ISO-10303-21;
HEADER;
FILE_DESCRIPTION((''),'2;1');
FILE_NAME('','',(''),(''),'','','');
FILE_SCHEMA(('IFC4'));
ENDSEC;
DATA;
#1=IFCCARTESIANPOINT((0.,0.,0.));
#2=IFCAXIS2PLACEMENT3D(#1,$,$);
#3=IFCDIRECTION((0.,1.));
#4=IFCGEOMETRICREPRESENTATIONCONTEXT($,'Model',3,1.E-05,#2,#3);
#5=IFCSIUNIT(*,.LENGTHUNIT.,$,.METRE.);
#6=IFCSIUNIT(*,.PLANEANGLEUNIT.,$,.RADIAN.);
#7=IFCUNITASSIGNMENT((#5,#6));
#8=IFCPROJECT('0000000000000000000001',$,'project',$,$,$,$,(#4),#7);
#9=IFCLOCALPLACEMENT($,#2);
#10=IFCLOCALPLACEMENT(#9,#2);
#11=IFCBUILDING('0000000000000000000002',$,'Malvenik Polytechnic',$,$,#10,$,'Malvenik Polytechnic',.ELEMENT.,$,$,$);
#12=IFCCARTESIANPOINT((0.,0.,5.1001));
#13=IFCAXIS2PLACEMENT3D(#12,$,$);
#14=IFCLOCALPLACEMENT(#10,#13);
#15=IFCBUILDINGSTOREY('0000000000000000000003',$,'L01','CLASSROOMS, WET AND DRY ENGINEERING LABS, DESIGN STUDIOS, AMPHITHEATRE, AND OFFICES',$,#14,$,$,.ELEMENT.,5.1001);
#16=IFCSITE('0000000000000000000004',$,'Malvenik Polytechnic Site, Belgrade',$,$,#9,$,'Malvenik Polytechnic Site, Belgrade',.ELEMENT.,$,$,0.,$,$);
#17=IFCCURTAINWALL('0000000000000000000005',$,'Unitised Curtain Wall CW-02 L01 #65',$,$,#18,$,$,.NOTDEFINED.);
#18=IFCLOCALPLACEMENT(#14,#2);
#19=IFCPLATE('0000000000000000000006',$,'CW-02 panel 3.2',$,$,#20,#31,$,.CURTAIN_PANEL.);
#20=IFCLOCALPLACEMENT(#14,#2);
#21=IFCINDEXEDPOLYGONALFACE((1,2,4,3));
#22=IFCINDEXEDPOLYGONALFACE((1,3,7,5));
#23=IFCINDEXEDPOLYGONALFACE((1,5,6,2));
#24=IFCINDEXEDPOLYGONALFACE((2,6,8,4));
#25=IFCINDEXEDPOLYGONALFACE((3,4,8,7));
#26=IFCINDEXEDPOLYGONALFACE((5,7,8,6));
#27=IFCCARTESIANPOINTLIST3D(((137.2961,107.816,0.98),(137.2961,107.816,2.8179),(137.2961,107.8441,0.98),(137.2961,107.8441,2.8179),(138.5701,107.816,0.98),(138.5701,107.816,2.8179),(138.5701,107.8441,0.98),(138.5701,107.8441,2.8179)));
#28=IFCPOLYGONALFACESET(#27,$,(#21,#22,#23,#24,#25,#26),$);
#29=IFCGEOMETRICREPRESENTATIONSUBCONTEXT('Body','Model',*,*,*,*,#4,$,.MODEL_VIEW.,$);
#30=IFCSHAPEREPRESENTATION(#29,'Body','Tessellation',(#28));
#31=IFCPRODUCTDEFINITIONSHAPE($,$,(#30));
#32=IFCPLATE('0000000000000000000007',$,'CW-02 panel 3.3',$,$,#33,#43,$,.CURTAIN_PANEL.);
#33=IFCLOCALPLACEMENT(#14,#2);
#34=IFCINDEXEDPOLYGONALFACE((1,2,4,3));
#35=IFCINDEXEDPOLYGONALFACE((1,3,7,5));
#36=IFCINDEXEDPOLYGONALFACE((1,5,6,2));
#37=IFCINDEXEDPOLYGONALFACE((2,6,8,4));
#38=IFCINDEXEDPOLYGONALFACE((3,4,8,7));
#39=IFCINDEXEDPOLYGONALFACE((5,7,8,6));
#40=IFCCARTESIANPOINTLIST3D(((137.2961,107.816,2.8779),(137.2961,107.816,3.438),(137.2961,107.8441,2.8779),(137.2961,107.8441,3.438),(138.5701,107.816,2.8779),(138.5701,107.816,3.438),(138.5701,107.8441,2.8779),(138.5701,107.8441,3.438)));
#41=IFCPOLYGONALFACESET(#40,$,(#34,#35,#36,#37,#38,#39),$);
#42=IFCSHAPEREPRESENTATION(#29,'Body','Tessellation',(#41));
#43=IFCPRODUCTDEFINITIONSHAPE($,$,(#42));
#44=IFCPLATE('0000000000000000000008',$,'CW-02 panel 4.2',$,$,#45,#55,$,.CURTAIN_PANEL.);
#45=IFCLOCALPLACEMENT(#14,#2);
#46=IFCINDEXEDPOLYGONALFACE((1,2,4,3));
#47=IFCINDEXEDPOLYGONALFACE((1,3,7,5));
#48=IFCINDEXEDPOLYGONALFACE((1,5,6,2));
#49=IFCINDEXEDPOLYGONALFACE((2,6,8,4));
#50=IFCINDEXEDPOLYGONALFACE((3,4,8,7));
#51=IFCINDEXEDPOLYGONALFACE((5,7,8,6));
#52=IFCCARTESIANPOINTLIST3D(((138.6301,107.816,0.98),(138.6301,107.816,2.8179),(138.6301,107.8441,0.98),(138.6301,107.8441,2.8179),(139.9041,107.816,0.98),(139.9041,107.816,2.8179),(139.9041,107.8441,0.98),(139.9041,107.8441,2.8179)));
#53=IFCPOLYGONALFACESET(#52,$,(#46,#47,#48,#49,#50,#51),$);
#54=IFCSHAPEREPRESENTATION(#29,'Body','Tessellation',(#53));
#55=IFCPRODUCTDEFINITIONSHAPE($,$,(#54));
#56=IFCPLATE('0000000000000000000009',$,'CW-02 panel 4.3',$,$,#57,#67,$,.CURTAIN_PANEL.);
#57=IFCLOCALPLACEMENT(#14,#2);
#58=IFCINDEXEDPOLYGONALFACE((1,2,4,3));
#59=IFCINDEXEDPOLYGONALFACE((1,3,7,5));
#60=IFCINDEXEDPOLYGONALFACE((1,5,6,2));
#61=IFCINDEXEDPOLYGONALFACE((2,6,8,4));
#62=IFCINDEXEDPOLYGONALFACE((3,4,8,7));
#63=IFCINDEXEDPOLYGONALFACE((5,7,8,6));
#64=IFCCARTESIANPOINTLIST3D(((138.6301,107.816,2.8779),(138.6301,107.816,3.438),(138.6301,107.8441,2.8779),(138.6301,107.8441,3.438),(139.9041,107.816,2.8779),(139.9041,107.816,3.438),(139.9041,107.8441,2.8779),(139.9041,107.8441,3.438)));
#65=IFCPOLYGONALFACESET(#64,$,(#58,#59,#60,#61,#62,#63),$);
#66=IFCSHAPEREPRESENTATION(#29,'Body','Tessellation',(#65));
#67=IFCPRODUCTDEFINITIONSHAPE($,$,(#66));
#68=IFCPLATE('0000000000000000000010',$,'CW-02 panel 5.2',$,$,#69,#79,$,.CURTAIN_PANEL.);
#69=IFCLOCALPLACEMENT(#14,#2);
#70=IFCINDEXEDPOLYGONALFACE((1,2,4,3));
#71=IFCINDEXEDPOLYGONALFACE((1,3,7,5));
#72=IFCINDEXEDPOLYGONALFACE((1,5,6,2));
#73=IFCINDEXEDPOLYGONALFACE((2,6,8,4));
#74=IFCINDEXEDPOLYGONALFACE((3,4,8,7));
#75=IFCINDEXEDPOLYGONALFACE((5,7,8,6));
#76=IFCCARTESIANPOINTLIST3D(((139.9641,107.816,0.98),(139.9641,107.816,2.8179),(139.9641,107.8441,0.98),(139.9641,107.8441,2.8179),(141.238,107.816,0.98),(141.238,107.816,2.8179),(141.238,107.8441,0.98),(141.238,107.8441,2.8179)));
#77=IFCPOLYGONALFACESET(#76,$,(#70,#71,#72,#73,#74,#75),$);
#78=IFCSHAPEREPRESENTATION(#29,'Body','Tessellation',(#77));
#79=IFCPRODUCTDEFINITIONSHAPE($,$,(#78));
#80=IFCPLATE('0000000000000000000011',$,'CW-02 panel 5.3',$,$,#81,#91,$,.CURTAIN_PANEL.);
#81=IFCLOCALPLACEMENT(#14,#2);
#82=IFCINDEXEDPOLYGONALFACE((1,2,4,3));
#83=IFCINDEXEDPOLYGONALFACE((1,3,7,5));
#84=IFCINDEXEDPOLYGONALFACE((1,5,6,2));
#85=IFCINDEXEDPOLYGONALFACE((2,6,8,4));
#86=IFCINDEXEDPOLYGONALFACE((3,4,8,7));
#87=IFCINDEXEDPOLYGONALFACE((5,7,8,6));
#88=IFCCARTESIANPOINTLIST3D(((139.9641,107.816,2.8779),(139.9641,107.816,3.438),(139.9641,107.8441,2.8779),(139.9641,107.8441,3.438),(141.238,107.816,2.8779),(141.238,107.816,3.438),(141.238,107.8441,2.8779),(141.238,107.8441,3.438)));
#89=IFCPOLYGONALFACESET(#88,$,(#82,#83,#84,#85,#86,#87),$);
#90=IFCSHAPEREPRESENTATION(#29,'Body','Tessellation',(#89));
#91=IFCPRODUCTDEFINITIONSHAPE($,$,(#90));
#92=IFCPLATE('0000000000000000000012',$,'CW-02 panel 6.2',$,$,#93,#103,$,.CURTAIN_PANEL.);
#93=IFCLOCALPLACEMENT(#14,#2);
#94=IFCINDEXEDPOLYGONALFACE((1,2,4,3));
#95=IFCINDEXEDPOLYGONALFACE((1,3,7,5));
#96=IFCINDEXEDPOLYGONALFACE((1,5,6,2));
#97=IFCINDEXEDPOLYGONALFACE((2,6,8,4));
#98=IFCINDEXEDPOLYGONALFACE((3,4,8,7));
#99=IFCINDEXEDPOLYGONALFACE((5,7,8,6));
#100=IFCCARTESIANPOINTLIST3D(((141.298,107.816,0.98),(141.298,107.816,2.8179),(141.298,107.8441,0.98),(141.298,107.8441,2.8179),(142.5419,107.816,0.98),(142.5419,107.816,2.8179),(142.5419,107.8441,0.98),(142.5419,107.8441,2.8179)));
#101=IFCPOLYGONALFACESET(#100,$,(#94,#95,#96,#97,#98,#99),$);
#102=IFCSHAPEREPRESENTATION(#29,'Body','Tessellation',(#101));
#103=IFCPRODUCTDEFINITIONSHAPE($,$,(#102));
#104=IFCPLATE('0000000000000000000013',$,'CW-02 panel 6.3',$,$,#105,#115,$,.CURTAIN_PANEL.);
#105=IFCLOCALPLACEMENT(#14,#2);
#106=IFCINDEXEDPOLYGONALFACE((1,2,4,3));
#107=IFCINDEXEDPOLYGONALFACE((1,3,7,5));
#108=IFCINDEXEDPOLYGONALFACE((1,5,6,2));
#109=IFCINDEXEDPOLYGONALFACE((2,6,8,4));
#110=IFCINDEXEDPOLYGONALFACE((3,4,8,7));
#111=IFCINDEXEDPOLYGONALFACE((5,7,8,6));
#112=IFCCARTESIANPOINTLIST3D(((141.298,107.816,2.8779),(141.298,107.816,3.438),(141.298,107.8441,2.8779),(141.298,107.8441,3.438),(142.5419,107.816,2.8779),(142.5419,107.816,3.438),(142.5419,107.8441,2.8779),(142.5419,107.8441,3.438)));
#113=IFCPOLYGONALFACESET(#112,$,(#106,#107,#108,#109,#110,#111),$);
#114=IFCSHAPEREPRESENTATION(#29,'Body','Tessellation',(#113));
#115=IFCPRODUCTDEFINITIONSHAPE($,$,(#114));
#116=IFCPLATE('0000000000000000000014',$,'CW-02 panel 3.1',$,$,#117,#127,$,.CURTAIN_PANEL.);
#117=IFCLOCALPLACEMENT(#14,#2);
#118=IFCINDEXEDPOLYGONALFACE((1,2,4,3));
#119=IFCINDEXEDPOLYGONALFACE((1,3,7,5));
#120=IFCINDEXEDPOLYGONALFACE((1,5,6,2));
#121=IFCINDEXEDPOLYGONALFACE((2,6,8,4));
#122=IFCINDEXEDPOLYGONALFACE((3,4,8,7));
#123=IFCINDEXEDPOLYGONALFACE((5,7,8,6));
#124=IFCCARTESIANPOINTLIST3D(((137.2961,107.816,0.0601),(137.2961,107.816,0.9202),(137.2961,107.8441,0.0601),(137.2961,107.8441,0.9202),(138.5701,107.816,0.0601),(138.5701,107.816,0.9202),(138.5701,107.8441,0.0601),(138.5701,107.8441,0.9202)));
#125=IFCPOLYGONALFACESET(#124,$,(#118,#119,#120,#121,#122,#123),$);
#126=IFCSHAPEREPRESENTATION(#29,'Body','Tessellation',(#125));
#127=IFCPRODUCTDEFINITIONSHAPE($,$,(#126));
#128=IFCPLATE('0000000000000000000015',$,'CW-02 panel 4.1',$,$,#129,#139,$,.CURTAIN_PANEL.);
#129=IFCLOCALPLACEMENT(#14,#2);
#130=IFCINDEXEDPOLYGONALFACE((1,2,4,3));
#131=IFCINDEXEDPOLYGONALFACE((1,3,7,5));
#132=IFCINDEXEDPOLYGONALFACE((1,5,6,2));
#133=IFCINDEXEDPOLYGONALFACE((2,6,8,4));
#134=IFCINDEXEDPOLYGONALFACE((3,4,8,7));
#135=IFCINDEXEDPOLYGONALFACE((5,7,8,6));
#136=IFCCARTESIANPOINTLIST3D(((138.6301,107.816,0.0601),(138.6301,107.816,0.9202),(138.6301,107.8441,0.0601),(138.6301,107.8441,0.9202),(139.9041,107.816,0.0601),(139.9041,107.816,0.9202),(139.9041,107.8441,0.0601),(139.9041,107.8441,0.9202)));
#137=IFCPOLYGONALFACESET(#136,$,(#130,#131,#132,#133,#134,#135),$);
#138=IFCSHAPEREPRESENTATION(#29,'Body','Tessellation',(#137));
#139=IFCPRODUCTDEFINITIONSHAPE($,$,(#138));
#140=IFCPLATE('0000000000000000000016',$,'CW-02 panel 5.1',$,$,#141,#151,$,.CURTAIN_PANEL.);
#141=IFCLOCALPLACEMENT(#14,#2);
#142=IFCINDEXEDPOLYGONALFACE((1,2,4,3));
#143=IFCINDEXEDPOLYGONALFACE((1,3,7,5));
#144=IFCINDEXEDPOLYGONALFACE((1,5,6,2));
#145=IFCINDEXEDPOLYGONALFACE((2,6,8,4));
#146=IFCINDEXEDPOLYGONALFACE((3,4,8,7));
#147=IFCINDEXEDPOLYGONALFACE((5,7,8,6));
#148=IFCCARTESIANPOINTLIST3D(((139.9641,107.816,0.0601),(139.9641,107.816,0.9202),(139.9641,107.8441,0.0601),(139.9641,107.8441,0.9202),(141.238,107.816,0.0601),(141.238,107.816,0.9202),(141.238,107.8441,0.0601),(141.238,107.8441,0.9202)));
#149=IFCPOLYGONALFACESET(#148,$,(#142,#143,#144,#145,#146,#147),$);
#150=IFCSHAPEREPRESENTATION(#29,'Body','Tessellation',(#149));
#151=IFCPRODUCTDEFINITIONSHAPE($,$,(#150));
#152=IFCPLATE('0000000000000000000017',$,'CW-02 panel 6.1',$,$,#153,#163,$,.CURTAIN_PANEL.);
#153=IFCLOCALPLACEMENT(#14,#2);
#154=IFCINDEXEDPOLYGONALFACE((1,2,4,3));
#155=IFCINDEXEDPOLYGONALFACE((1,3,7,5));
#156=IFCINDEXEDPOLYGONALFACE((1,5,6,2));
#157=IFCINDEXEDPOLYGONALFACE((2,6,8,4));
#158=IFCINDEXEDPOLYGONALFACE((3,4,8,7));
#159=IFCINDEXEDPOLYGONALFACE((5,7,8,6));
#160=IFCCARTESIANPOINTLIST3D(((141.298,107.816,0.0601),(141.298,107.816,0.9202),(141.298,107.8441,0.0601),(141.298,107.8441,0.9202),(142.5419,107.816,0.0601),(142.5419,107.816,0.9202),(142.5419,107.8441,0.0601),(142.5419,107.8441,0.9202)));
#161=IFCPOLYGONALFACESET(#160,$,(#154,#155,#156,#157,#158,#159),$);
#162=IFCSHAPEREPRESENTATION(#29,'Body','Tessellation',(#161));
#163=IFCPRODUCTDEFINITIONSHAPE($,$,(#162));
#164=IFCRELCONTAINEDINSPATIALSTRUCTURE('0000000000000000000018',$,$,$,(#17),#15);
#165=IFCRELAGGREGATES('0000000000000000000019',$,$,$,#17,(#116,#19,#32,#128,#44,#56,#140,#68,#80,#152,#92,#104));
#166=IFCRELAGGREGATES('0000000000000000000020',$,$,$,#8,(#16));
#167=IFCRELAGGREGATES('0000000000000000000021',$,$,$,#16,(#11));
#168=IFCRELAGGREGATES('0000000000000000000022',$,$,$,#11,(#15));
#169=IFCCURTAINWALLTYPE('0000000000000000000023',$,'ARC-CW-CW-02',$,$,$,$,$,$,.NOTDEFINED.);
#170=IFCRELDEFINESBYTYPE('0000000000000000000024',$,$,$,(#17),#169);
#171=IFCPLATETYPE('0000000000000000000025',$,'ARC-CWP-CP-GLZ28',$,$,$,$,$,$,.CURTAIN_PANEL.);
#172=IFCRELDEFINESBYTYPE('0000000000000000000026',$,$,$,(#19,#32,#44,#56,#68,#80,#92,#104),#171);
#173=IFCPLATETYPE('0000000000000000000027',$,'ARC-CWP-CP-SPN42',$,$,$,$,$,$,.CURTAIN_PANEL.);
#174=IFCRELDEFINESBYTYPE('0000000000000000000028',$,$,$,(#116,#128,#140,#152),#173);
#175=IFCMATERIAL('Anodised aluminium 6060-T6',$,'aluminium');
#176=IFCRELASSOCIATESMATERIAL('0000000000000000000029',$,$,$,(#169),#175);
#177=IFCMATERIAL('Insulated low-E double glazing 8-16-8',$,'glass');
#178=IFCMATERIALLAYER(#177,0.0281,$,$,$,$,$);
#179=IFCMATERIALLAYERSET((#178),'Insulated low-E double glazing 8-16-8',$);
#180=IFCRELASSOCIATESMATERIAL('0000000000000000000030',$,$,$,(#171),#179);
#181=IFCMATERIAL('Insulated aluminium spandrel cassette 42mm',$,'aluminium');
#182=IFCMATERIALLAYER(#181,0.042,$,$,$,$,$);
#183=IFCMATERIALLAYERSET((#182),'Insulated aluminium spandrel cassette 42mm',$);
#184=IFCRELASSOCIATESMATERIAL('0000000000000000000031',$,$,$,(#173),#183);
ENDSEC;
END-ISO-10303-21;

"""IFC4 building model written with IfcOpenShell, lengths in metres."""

from ifc_helpers import new_model, si_unit, direction, frame, origin, origin_2d, place, context, subcontext, project, spatial, rectangle, extrude, material, layer, layer_set, type_object, element, aggregate, save


model = new_model("IFC4")

# Units and contexts
model_context = context("Model", 3, precision=1e-05, world=origin(), true_north=direction((0.0, 1.0)))
body_context = subcontext(model_context, "Body", "Model", "MODEL_VIEW")
ifc_project = project(units=[si_unit("LENGTHUNIT", "METRE"), si_unit("PLANEANGLEUNIT", "RADIAN")], contexts=[model_context])

# Site, building, storey
site_placement = place(None, origin())
site = spatial("IfcSite", under=ifc_project, at=site_placement, Name="Malvenik Polytechnic Site, Belgrade", LongName="Malvenik Polytechnic Site, Belgrade", CompositionType="ELEMENT", RefElevation=0.0)
building_placement = place(site_placement, origin())
building = spatial("IfcBuilding", under=site, at=building_placement, Name="Malvenik Polytechnic", LongName="Malvenik Polytechnic", CompositionType="ELEMENT")
storey_placement = place(building_placement, frame((0.0, 0.0, 5.1001)))
storey = spatial("IfcBuildingStorey", under=building, at=storey_placement, Name="L01", Description="CLASSROOMS, WET AND DRY ENGINEERING LABS, DESIGN STUDIOS, AMPHITHEATRE, AND OFFICES", CompositionType="ELEMENT", Elevation=5.1001)

# Curtain wall
ifc_material_1 = material(Name="Anodised aluminium 6060-T6", Category="aluminium")
curtain_wall_type = type_object("IfcCurtainWallType", Name="ARC-CW-CW-02", PredefinedType="NOTDEFINED", material=ifc_material_1)
curtain_wall_1_placement = place(storey_placement, origin())
curtain_wall_1 = element("IfcCurtainWall", 1, at=curtain_wall_1_placement, inside=storey, type_object=curtain_wall_type, Name="Unitised Curtain Wall CW-02 L01 #65", PredefinedType="NOTDEFINED")

# Plates
ifc_material_2 = material(Name="Insulated low-E double glazing 8-16-8", Category="glass")
ifc_layer_1 = layer(ifc_material_2, 0.0281)
ifc_layer_set_1 = layer_set([ifc_layer_1], Name="Insulated low-E double glazing 8-16-8")
plate_type_1 = type_object("IfcPlateType", Name="ARC-CWP-CP-GLZ28", PredefinedType="CURTAIN_PANEL", material=ifc_layer_set_1)
plate_1_placement = place(storey_placement, frame((137.9331, 107.8301, 0.98), z_axis=(0.0, 0.0, 1.0), x_axis=(1.0, 0.0, 0.0)))
plate_1 = element("IfcPlate", 2, at=plate_1_placement, type_object=plate_type_1, Name="CW-02 panel 3.2", PredefinedType="CURTAIN_PANEL", context=body_context, shape_type="SweptSolid", body=[
    extrude(rectangle(XDim=1.2739, YDim=0.0281, at=origin_2d()), origin(), (0.0, 0.0, 1.0), 1.8379),
])
plate_2_placement = place(storey_placement, frame((137.9331, 107.8301, 2.8779), z_axis=(0.0, 0.0, 1.0), x_axis=(1.0, 0.0, 0.0)))
plate_2 = element("IfcPlate", 3, at=plate_2_placement, type_object=plate_type_1, Name="CW-02 panel 3.3", PredefinedType="CURTAIN_PANEL", context=body_context, shape_type="SweptSolid", body=[
    extrude(rectangle(XDim=1.2739, YDim=0.0281, at=origin_2d()), origin(), (0.0, 0.0, 1.0), 0.5601),
])
plate_3_placement = place(storey_placement, frame((139.2671, 107.8301, 0.98), z_axis=(0.0, 0.0, 1.0), x_axis=(1.0, 0.0, 0.0)))
plate_3 = element("IfcPlate", 4, at=plate_3_placement, type_object=plate_type_1, Name="CW-02 panel 4.2", PredefinedType="CURTAIN_PANEL", context=body_context, shape_type="SweptSolid", body=[
    extrude(rectangle(XDim=1.2739, YDim=0.0281, at=origin_2d()), origin(), (0.0, 0.0, 1.0), 1.8379),
])
plate_4_placement = place(storey_placement, frame((139.2671, 107.8301, 2.8779), z_axis=(0.0, 0.0, 1.0), x_axis=(1.0, 0.0, 0.0)))
plate_4 = element("IfcPlate", 5, at=plate_4_placement, type_object=plate_type_1, Name="CW-02 panel 4.3", PredefinedType="CURTAIN_PANEL", context=body_context, shape_type="SweptSolid", body=[
    extrude(rectangle(XDim=1.2739, YDim=0.0281, at=origin_2d()), origin(), (0.0, 0.0, 1.0), 0.5601),
])
plate_5_placement = place(storey_placement, frame((140.6011, 107.8301, 0.98), z_axis=(0.0, 0.0, 1.0), x_axis=(1.0, 0.0, 0.0)))
plate_5 = element("IfcPlate", 6, at=plate_5_placement, type_object=plate_type_1, Name="CW-02 panel 5.2", PredefinedType="CURTAIN_PANEL", context=body_context, shape_type="SweptSolid", body=[
    extrude(rectangle(XDim=1.2739, YDim=0.0281, at=origin_2d()), origin(), (0.0, 0.0, 1.0), 1.8379),
])
plate_6_placement = place(storey_placement, frame((140.6011, 107.8301, 2.8779), z_axis=(0.0, 0.0, 1.0), x_axis=(1.0, 0.0, 0.0)))
plate_6 = element("IfcPlate", 7, at=plate_6_placement, type_object=plate_type_1, Name="CW-02 panel 5.3", PredefinedType="CURTAIN_PANEL", context=body_context, shape_type="SweptSolid", body=[
    extrude(rectangle(XDim=1.2739, YDim=0.0281, at=origin_2d()), origin(), (0.0, 0.0, 1.0), 0.5601),
])
plate_7_placement = place(storey_placement, frame((141.9199, 107.8301, 0.98), z_axis=(0.0, 0.0, 1.0), x_axis=(1.0, 0.0, 0.0)))
plate_7 = element("IfcPlate", 8, at=plate_7_placement, type_object=plate_type_1, Name="CW-02 panel 6.2", PredefinedType="CURTAIN_PANEL", context=body_context, shape_type="SweptSolid", body=[
    extrude(rectangle(XDim=1.2439, YDim=0.0281, at=origin_2d()), origin(), (0.0, 0.0, 1.0), 1.8379),
])
plate_8_placement = place(storey_placement, frame((141.9199, 107.8301, 2.8779), z_axis=(0.0, 0.0, 1.0), x_axis=(1.0, 0.0, 0.0)))
plate_8 = element("IfcPlate", 9, at=plate_8_placement, type_object=plate_type_1, Name="CW-02 panel 6.3", PredefinedType="CURTAIN_PANEL", context=body_context, shape_type="SweptSolid", body=[
    extrude(rectangle(XDim=1.2439, YDim=0.0281, at=origin_2d()), origin(), (0.0, 0.0, 1.0), 0.5601),
])
ifc_material_3 = material(Name="Insulated aluminium spandrel cassette 42mm", Category="aluminium")
ifc_layer_2 = layer(ifc_material_3, 0.042)
ifc_layer_set_2 = layer_set([ifc_layer_2], Name="Insulated aluminium spandrel cassette 42mm")
plate_type_2 = type_object("IfcPlateType", Name="ARC-CWP-CP-SPN42", PredefinedType="CURTAIN_PANEL", material=ifc_layer_set_2)
plate_9_placement = place(storey_placement, frame((137.9331, 107.8301, 0.0601), z_axis=(0.0, 0.0, 1.0), x_axis=(1.0, 0.0, 0.0)))
plate_9 = element("IfcPlate", 10, at=plate_9_placement, type_object=plate_type_2, Name="CW-02 panel 3.1", PredefinedType="CURTAIN_PANEL", context=body_context, shape_type="SweptSolid", body=[
    extrude(rectangle(XDim=1.2739, YDim=0.0281, at=origin_2d()), origin(), (0.0, 0.0, 1.0), 0.8601),
])
plate_10_placement = place(storey_placement, frame((139.2671, 107.8301, 0.0601), z_axis=(0.0, 0.0, 1.0), x_axis=(1.0, 0.0, 0.0)))
plate_10 = element("IfcPlate", 11, at=plate_10_placement, type_object=plate_type_2, Name="CW-02 panel 4.1", PredefinedType="CURTAIN_PANEL", context=body_context, shape_type="SweptSolid", body=[
    extrude(rectangle(XDim=1.2739, YDim=0.0281, at=origin_2d()), origin(), (0.0, 0.0, 1.0), 0.8601),
])
plate_11_placement = place(storey_placement, frame((140.6011, 107.8301, 0.0601), z_axis=(0.0, 0.0, 1.0), x_axis=(1.0, 0.0, 0.0)))
plate_11 = element("IfcPlate", 12, at=plate_11_placement, type_object=plate_type_2, Name="CW-02 panel 5.1", PredefinedType="CURTAIN_PANEL", context=body_context, shape_type="SweptSolid", body=[
    extrude(rectangle(XDim=1.2739, YDim=0.0281, at=origin_2d()), origin(), (0.0, 0.0, 1.0), 0.8601),
])
plate_12_placement = place(storey_placement, frame((141.9199, 107.8301, 0.0601), z_axis=(0.0, 0.0, 1.0), x_axis=(1.0, 0.0, 0.0)))
plate_12 = element("IfcPlate", 13, at=plate_12_placement, type_object=plate_type_2, Name="CW-02 panel 6.1", PredefinedType="CURTAIN_PANEL", context=body_context, shape_type="SweptSolid", body=[
    extrude(rectangle(XDim=1.2439, YDim=0.0281, at=origin_2d()), origin(), (0.0, 0.0, 1.0), 0.8601),
])
aggregate(curtain_wall_1, [plate_9, plate_1, plate_2, plate_10, plate_3, plate_4, plate_11, plate_5, plate_6, plate_12, plate_7, plate_8])

save(model, "model.ifc")
